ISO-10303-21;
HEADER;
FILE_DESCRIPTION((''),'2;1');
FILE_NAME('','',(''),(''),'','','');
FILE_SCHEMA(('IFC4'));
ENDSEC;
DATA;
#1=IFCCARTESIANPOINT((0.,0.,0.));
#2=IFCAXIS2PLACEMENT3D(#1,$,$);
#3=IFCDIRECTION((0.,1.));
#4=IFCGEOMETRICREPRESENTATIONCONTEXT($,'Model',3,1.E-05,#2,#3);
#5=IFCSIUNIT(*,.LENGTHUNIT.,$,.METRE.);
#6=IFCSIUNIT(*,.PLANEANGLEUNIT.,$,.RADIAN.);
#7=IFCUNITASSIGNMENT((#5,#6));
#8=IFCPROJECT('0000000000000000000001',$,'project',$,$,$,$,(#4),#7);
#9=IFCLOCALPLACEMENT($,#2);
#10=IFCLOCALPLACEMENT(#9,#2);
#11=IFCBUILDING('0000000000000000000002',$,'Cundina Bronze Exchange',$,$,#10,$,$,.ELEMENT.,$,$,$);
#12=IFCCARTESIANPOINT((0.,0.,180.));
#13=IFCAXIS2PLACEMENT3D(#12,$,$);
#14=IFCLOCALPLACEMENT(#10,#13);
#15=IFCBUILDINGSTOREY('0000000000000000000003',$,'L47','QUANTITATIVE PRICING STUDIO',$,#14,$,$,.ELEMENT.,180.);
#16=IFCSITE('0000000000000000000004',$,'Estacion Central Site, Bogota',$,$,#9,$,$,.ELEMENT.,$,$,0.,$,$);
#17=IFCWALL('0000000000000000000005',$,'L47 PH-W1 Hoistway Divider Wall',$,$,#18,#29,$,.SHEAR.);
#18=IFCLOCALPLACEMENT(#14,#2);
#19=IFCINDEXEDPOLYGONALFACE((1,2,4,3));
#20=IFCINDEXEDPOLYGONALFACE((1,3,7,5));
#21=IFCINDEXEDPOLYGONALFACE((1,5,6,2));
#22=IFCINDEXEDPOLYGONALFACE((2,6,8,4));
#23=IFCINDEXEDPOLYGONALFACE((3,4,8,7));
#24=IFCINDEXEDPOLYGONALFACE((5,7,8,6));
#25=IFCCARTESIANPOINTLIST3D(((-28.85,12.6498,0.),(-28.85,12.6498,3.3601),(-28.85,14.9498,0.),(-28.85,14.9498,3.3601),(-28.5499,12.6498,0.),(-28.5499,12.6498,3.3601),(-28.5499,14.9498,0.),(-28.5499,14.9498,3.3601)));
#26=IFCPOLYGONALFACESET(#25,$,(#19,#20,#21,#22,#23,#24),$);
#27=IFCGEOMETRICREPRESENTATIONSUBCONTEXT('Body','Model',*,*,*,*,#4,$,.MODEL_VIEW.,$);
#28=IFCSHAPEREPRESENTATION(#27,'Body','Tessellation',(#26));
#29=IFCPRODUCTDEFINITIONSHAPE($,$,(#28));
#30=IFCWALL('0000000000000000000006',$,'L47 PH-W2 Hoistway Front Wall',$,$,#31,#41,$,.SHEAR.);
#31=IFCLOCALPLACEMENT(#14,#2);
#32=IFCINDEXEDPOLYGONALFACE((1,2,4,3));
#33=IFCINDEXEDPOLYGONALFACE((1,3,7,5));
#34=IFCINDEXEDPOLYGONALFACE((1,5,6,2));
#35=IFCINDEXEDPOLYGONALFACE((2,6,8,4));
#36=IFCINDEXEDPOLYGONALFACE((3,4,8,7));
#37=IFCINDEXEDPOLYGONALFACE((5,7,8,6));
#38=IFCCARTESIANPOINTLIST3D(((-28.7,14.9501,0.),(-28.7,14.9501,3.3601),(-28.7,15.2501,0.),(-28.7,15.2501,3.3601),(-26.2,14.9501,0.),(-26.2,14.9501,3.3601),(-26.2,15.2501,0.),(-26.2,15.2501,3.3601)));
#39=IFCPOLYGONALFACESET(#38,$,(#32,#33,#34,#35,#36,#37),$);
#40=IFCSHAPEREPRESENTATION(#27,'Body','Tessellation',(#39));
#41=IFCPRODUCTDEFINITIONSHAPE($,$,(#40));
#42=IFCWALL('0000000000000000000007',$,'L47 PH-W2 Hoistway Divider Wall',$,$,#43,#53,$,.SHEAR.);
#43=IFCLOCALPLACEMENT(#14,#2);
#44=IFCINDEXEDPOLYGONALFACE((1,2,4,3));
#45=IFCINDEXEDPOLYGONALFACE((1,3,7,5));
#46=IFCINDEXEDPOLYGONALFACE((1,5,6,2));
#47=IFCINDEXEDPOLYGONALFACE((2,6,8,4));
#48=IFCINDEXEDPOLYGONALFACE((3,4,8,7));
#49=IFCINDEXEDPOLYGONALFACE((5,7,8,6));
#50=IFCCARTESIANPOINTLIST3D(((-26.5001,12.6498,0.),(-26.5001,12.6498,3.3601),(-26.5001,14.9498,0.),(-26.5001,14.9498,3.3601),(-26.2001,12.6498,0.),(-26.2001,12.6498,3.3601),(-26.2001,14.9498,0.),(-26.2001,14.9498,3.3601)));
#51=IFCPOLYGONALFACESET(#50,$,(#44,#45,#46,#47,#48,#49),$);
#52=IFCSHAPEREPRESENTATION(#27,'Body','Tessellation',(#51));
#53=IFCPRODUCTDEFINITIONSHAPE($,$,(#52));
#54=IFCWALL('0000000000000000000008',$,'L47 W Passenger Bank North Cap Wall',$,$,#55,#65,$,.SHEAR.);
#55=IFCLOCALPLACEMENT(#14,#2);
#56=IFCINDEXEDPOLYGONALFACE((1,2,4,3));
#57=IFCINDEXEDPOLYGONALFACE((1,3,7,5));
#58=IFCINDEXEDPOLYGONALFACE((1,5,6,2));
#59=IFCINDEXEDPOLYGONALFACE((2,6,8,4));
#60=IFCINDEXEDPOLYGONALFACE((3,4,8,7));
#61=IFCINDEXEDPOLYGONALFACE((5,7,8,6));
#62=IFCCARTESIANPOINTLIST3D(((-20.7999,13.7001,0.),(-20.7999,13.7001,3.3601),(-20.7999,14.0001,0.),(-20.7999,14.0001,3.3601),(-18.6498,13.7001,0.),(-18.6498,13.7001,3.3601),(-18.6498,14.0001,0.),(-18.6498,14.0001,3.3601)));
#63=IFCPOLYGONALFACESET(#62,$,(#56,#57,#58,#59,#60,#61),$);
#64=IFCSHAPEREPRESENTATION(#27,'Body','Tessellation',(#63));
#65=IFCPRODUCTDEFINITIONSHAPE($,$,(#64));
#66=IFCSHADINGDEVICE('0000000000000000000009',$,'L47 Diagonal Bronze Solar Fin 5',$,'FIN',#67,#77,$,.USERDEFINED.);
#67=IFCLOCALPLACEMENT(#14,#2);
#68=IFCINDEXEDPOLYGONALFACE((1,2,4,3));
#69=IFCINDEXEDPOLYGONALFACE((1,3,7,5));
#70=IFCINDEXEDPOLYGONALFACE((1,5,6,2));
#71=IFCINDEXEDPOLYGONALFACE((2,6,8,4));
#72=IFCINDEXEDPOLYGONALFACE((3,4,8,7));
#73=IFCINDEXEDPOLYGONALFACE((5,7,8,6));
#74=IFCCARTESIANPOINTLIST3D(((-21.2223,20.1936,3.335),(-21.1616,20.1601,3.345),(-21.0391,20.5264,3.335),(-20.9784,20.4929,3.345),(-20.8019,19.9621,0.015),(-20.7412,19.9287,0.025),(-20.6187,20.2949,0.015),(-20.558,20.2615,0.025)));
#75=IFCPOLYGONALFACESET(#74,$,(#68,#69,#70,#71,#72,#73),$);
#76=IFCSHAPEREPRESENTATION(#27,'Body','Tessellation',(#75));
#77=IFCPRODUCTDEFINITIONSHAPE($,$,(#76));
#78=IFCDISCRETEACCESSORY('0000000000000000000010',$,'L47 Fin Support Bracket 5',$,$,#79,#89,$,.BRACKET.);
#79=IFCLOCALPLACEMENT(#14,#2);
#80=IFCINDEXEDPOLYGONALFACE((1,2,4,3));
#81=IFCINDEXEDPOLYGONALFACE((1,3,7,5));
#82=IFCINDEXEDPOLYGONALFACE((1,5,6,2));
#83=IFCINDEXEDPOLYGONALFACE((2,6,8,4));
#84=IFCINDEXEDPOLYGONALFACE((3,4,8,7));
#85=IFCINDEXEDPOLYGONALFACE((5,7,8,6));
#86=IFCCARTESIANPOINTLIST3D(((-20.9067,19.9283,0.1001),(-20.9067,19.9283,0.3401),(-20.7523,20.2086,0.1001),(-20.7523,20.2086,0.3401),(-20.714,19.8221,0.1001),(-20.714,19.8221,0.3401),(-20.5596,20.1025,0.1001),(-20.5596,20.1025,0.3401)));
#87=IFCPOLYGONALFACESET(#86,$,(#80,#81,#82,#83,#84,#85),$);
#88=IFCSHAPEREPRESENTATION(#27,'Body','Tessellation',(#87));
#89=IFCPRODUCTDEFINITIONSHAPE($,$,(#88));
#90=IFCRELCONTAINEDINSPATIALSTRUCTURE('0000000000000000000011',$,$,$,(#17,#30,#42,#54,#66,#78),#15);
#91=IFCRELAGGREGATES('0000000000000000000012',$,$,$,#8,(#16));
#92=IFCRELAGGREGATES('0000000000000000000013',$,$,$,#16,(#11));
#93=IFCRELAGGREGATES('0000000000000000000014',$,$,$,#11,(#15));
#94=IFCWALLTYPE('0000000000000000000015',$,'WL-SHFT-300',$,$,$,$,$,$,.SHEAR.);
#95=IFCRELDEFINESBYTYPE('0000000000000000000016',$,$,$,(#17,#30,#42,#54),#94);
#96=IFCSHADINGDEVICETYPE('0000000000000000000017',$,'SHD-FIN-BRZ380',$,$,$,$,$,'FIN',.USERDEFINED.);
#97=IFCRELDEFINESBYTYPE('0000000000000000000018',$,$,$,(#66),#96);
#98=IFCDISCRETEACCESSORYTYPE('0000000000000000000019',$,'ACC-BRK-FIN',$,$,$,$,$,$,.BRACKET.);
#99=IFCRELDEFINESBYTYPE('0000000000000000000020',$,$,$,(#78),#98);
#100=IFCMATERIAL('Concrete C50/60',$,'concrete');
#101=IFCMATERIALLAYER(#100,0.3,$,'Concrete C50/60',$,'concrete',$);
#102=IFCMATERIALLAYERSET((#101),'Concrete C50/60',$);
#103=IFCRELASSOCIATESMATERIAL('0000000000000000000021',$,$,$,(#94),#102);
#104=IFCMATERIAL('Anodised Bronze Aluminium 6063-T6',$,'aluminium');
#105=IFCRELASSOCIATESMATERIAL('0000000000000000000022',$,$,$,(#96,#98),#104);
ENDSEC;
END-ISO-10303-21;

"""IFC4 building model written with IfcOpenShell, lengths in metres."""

from ifc_helpers import new_model, si_unit, direction, frame, frame_2d, origin, origin_2d, place, context, subcontext, project, spatial, rectangle, extrude, material, layer, layer_set, material_profile, profile_set, type_object, element, save


model = new_model("IFC4")

# Units and contexts
model_context = context("Model", 3, precision=1e-05, world=origin(), true_north=direction((0.0, 1.0)))
body_context = subcontext(model_context, "Body", "Model", "MODEL_VIEW")
ifc_project = project(units=[si_unit("LENGTHUNIT", "METRE"), si_unit("PLANEANGLEUNIT", "RADIAN")], contexts=[model_context])

# Site, building, storey
site_placement = place(None, origin())
site = spatial("IfcSite", under=ifc_project, at=site_placement, Name="Estacion Central Site, Bogota", CompositionType="ELEMENT", RefElevation=0.0)
building_placement = place(site_placement, origin())
building = spatial("IfcBuilding", under=site, at=building_placement, Name="Cundina Bronze Exchange", CompositionType="ELEMENT")
storey_placement = place(building_placement, frame((0.0, 0.0, 180.0)))
storey = spatial("IfcBuildingStorey", under=building, at=storey_placement, Name="L47", Description="QUANTITATIVE PRICING STUDIO", CompositionType="ELEMENT", Elevation=180.0)

# Shared definitions
ifc_material_1 = material(Name="Concrete C50/60", Category="concrete")

# Shared definitions
ifc_material_2 = material(Name="Anodised Bronze Aluminium 6063-T6", Category="aluminium")

# Shared definitions
ifc_layer_1 = layer(ifc_material_1, 0.3, Name="Concrete C50/60", Category="concrete")
ifc_layer_set_1 = layer_set([ifc_layer_1], Name="Concrete C50/60")
wall_type_1 = type_object("IfcWallType", Name="WL-SHFT-300", PredefinedType="SHEAR", material=ifc_layer_set_1)

# Walls
wall_1_placement = place(storey_placement, frame((-28.7, 12.6499, 0.0), z_axis=(0.0, 0.0, 1.0), x_axis=(0.0, 1.0, 0.0)))
element("IfcWall", 1, at=wall_1_placement, inside=storey, type_object=wall_type_1, Name="L47 PH-W1 Hoistway Divider Wall", PredefinedType="SHEAR", context=body_context, shape_type="SweptSolid", body=[
    extrude(rectangle(XDim=2.3, YDim=0.3, at=frame_2d((1.1499, 0.0))), origin(), (0.0, 0.0, 1.0), 3.3601),
])
wall_2_placement = place(storey_placement, frame((-28.7, 15.1001, 0.0), z_axis=(0.0, 0.0, 1.0), x_axis=(1.0, 0.0, 0.0)))
element("IfcWall", 2, at=wall_2_placement, inside=storey, type_object=wall_type_1, Name="L47 PH-W2 Hoistway Front Wall", PredefinedType="SHEAR", context=body_context, shape_type="SweptSolid", body=[
    extrude(rectangle(XDim=2.5, YDim=0.3, at=frame_2d((1.25, 0.0))), origin(), (0.0, 0.0, 1.0), 3.3601),
])
wall_3_placement = place(storey_placement, frame((-26.3501, 12.6499, 0.0), z_axis=(0.0, 0.0, 1.0), x_axis=(0.0, 1.0, 0.0)))
element("IfcWall", 3, at=wall_3_placement, inside=storey, type_object=wall_type_1, Name="L47 PH-W2 Hoistway Divider Wall", PredefinedType="SHEAR", context=body_context, shape_type="SweptSolid", body=[
    extrude(rectangle(XDim=2.3, YDim=0.3, at=frame_2d((1.1499, 0.0))), origin(), (0.0, 0.0, 1.0), 3.3601),
])
wall_4_placement = place(storey_placement, frame((-20.8, 13.8501, 0.0), z_axis=(0.0, 0.0, 1.0), x_axis=(1.0, 0.0, 0.0)))
element("IfcWall", 4, at=wall_4_placement, inside=storey, type_object=wall_type_1, Name="L47 W Passenger Bank North Cap Wall", PredefinedType="SHEAR", context=body_context, shape_type="SweptSolid", body=[
    extrude(rectangle(XDim=2.1501, YDim=0.3, at=frame_2d((1.0752, 0.0))), origin(), (0.0, 0.0, 1.0), 3.3601),
])

# Shading device
ifc_material_profile_1 = material_profile(ifc_material_2, rectangle(XDim=0.0701, YDim=0.3799, at=origin_2d()), Name="FIN70X380", Category="aluminium")
ifc_profile_set_1 = profile_set([ifc_material_profile_1], Name="Anodised Bronze Aluminium 6063-T6")
shading_device_type = type_object("IfcShadingDeviceType", Name="SHD-FIN-BRZ380", ElementType="FIN", PredefinedType="USERDEFINED", material=ifc_profile_set_1)
shading_device_placement = place(storey_placement, frame((-20.6799, 20.1118, 0.02), z_axis=(-0.125324, 0.068994, 0.989714), x_axis=(0.867012, -0.47731, 0.143061)))
element("IfcShadingDevice", 5, at=shading_device_placement, inside=storey, type_object=shading_device_type, Name="L47 Diagonal Bronze Solar Fin 5", ObjectType="FIN", PredefinedType="USERDEFINED", context=body_context, shape_type="SweptSolid", body=[
    extrude(rectangle(XDim=0.0701, YDim=0.3799, at=origin_2d()), origin(), (0.0, 0.0, 1.0), 3.3545),
])

# Discrete accessory
discrete_accessory_type = type_object("IfcDiscreteAccessoryType", Name="ACC-BRK-FIN", PredefinedType="BRACKET", material=ifc_material_2)
discrete_accessory_placement = place(storey_placement, frame((-20.7332, 20.0154, 0.1001), z_axis=(0.0, 0.0, 1.0), x_axis=(-0.875869, 0.482549, 0.0)))
element("IfcDiscreteAccessory", 6, at=discrete_accessory_placement, inside=storey, type_object=discrete_accessory_type, Name="L47 Fin Support Bracket 5", PredefinedType="BRACKET", context=body_context, shape_type="SweptSolid", body=[
    extrude(rectangle(XDim=0.22, YDim=0.3201, at=origin_2d()), origin(), (0.0, 0.0, 1.0), 0.24),
])

save(model, "model.ifc")
